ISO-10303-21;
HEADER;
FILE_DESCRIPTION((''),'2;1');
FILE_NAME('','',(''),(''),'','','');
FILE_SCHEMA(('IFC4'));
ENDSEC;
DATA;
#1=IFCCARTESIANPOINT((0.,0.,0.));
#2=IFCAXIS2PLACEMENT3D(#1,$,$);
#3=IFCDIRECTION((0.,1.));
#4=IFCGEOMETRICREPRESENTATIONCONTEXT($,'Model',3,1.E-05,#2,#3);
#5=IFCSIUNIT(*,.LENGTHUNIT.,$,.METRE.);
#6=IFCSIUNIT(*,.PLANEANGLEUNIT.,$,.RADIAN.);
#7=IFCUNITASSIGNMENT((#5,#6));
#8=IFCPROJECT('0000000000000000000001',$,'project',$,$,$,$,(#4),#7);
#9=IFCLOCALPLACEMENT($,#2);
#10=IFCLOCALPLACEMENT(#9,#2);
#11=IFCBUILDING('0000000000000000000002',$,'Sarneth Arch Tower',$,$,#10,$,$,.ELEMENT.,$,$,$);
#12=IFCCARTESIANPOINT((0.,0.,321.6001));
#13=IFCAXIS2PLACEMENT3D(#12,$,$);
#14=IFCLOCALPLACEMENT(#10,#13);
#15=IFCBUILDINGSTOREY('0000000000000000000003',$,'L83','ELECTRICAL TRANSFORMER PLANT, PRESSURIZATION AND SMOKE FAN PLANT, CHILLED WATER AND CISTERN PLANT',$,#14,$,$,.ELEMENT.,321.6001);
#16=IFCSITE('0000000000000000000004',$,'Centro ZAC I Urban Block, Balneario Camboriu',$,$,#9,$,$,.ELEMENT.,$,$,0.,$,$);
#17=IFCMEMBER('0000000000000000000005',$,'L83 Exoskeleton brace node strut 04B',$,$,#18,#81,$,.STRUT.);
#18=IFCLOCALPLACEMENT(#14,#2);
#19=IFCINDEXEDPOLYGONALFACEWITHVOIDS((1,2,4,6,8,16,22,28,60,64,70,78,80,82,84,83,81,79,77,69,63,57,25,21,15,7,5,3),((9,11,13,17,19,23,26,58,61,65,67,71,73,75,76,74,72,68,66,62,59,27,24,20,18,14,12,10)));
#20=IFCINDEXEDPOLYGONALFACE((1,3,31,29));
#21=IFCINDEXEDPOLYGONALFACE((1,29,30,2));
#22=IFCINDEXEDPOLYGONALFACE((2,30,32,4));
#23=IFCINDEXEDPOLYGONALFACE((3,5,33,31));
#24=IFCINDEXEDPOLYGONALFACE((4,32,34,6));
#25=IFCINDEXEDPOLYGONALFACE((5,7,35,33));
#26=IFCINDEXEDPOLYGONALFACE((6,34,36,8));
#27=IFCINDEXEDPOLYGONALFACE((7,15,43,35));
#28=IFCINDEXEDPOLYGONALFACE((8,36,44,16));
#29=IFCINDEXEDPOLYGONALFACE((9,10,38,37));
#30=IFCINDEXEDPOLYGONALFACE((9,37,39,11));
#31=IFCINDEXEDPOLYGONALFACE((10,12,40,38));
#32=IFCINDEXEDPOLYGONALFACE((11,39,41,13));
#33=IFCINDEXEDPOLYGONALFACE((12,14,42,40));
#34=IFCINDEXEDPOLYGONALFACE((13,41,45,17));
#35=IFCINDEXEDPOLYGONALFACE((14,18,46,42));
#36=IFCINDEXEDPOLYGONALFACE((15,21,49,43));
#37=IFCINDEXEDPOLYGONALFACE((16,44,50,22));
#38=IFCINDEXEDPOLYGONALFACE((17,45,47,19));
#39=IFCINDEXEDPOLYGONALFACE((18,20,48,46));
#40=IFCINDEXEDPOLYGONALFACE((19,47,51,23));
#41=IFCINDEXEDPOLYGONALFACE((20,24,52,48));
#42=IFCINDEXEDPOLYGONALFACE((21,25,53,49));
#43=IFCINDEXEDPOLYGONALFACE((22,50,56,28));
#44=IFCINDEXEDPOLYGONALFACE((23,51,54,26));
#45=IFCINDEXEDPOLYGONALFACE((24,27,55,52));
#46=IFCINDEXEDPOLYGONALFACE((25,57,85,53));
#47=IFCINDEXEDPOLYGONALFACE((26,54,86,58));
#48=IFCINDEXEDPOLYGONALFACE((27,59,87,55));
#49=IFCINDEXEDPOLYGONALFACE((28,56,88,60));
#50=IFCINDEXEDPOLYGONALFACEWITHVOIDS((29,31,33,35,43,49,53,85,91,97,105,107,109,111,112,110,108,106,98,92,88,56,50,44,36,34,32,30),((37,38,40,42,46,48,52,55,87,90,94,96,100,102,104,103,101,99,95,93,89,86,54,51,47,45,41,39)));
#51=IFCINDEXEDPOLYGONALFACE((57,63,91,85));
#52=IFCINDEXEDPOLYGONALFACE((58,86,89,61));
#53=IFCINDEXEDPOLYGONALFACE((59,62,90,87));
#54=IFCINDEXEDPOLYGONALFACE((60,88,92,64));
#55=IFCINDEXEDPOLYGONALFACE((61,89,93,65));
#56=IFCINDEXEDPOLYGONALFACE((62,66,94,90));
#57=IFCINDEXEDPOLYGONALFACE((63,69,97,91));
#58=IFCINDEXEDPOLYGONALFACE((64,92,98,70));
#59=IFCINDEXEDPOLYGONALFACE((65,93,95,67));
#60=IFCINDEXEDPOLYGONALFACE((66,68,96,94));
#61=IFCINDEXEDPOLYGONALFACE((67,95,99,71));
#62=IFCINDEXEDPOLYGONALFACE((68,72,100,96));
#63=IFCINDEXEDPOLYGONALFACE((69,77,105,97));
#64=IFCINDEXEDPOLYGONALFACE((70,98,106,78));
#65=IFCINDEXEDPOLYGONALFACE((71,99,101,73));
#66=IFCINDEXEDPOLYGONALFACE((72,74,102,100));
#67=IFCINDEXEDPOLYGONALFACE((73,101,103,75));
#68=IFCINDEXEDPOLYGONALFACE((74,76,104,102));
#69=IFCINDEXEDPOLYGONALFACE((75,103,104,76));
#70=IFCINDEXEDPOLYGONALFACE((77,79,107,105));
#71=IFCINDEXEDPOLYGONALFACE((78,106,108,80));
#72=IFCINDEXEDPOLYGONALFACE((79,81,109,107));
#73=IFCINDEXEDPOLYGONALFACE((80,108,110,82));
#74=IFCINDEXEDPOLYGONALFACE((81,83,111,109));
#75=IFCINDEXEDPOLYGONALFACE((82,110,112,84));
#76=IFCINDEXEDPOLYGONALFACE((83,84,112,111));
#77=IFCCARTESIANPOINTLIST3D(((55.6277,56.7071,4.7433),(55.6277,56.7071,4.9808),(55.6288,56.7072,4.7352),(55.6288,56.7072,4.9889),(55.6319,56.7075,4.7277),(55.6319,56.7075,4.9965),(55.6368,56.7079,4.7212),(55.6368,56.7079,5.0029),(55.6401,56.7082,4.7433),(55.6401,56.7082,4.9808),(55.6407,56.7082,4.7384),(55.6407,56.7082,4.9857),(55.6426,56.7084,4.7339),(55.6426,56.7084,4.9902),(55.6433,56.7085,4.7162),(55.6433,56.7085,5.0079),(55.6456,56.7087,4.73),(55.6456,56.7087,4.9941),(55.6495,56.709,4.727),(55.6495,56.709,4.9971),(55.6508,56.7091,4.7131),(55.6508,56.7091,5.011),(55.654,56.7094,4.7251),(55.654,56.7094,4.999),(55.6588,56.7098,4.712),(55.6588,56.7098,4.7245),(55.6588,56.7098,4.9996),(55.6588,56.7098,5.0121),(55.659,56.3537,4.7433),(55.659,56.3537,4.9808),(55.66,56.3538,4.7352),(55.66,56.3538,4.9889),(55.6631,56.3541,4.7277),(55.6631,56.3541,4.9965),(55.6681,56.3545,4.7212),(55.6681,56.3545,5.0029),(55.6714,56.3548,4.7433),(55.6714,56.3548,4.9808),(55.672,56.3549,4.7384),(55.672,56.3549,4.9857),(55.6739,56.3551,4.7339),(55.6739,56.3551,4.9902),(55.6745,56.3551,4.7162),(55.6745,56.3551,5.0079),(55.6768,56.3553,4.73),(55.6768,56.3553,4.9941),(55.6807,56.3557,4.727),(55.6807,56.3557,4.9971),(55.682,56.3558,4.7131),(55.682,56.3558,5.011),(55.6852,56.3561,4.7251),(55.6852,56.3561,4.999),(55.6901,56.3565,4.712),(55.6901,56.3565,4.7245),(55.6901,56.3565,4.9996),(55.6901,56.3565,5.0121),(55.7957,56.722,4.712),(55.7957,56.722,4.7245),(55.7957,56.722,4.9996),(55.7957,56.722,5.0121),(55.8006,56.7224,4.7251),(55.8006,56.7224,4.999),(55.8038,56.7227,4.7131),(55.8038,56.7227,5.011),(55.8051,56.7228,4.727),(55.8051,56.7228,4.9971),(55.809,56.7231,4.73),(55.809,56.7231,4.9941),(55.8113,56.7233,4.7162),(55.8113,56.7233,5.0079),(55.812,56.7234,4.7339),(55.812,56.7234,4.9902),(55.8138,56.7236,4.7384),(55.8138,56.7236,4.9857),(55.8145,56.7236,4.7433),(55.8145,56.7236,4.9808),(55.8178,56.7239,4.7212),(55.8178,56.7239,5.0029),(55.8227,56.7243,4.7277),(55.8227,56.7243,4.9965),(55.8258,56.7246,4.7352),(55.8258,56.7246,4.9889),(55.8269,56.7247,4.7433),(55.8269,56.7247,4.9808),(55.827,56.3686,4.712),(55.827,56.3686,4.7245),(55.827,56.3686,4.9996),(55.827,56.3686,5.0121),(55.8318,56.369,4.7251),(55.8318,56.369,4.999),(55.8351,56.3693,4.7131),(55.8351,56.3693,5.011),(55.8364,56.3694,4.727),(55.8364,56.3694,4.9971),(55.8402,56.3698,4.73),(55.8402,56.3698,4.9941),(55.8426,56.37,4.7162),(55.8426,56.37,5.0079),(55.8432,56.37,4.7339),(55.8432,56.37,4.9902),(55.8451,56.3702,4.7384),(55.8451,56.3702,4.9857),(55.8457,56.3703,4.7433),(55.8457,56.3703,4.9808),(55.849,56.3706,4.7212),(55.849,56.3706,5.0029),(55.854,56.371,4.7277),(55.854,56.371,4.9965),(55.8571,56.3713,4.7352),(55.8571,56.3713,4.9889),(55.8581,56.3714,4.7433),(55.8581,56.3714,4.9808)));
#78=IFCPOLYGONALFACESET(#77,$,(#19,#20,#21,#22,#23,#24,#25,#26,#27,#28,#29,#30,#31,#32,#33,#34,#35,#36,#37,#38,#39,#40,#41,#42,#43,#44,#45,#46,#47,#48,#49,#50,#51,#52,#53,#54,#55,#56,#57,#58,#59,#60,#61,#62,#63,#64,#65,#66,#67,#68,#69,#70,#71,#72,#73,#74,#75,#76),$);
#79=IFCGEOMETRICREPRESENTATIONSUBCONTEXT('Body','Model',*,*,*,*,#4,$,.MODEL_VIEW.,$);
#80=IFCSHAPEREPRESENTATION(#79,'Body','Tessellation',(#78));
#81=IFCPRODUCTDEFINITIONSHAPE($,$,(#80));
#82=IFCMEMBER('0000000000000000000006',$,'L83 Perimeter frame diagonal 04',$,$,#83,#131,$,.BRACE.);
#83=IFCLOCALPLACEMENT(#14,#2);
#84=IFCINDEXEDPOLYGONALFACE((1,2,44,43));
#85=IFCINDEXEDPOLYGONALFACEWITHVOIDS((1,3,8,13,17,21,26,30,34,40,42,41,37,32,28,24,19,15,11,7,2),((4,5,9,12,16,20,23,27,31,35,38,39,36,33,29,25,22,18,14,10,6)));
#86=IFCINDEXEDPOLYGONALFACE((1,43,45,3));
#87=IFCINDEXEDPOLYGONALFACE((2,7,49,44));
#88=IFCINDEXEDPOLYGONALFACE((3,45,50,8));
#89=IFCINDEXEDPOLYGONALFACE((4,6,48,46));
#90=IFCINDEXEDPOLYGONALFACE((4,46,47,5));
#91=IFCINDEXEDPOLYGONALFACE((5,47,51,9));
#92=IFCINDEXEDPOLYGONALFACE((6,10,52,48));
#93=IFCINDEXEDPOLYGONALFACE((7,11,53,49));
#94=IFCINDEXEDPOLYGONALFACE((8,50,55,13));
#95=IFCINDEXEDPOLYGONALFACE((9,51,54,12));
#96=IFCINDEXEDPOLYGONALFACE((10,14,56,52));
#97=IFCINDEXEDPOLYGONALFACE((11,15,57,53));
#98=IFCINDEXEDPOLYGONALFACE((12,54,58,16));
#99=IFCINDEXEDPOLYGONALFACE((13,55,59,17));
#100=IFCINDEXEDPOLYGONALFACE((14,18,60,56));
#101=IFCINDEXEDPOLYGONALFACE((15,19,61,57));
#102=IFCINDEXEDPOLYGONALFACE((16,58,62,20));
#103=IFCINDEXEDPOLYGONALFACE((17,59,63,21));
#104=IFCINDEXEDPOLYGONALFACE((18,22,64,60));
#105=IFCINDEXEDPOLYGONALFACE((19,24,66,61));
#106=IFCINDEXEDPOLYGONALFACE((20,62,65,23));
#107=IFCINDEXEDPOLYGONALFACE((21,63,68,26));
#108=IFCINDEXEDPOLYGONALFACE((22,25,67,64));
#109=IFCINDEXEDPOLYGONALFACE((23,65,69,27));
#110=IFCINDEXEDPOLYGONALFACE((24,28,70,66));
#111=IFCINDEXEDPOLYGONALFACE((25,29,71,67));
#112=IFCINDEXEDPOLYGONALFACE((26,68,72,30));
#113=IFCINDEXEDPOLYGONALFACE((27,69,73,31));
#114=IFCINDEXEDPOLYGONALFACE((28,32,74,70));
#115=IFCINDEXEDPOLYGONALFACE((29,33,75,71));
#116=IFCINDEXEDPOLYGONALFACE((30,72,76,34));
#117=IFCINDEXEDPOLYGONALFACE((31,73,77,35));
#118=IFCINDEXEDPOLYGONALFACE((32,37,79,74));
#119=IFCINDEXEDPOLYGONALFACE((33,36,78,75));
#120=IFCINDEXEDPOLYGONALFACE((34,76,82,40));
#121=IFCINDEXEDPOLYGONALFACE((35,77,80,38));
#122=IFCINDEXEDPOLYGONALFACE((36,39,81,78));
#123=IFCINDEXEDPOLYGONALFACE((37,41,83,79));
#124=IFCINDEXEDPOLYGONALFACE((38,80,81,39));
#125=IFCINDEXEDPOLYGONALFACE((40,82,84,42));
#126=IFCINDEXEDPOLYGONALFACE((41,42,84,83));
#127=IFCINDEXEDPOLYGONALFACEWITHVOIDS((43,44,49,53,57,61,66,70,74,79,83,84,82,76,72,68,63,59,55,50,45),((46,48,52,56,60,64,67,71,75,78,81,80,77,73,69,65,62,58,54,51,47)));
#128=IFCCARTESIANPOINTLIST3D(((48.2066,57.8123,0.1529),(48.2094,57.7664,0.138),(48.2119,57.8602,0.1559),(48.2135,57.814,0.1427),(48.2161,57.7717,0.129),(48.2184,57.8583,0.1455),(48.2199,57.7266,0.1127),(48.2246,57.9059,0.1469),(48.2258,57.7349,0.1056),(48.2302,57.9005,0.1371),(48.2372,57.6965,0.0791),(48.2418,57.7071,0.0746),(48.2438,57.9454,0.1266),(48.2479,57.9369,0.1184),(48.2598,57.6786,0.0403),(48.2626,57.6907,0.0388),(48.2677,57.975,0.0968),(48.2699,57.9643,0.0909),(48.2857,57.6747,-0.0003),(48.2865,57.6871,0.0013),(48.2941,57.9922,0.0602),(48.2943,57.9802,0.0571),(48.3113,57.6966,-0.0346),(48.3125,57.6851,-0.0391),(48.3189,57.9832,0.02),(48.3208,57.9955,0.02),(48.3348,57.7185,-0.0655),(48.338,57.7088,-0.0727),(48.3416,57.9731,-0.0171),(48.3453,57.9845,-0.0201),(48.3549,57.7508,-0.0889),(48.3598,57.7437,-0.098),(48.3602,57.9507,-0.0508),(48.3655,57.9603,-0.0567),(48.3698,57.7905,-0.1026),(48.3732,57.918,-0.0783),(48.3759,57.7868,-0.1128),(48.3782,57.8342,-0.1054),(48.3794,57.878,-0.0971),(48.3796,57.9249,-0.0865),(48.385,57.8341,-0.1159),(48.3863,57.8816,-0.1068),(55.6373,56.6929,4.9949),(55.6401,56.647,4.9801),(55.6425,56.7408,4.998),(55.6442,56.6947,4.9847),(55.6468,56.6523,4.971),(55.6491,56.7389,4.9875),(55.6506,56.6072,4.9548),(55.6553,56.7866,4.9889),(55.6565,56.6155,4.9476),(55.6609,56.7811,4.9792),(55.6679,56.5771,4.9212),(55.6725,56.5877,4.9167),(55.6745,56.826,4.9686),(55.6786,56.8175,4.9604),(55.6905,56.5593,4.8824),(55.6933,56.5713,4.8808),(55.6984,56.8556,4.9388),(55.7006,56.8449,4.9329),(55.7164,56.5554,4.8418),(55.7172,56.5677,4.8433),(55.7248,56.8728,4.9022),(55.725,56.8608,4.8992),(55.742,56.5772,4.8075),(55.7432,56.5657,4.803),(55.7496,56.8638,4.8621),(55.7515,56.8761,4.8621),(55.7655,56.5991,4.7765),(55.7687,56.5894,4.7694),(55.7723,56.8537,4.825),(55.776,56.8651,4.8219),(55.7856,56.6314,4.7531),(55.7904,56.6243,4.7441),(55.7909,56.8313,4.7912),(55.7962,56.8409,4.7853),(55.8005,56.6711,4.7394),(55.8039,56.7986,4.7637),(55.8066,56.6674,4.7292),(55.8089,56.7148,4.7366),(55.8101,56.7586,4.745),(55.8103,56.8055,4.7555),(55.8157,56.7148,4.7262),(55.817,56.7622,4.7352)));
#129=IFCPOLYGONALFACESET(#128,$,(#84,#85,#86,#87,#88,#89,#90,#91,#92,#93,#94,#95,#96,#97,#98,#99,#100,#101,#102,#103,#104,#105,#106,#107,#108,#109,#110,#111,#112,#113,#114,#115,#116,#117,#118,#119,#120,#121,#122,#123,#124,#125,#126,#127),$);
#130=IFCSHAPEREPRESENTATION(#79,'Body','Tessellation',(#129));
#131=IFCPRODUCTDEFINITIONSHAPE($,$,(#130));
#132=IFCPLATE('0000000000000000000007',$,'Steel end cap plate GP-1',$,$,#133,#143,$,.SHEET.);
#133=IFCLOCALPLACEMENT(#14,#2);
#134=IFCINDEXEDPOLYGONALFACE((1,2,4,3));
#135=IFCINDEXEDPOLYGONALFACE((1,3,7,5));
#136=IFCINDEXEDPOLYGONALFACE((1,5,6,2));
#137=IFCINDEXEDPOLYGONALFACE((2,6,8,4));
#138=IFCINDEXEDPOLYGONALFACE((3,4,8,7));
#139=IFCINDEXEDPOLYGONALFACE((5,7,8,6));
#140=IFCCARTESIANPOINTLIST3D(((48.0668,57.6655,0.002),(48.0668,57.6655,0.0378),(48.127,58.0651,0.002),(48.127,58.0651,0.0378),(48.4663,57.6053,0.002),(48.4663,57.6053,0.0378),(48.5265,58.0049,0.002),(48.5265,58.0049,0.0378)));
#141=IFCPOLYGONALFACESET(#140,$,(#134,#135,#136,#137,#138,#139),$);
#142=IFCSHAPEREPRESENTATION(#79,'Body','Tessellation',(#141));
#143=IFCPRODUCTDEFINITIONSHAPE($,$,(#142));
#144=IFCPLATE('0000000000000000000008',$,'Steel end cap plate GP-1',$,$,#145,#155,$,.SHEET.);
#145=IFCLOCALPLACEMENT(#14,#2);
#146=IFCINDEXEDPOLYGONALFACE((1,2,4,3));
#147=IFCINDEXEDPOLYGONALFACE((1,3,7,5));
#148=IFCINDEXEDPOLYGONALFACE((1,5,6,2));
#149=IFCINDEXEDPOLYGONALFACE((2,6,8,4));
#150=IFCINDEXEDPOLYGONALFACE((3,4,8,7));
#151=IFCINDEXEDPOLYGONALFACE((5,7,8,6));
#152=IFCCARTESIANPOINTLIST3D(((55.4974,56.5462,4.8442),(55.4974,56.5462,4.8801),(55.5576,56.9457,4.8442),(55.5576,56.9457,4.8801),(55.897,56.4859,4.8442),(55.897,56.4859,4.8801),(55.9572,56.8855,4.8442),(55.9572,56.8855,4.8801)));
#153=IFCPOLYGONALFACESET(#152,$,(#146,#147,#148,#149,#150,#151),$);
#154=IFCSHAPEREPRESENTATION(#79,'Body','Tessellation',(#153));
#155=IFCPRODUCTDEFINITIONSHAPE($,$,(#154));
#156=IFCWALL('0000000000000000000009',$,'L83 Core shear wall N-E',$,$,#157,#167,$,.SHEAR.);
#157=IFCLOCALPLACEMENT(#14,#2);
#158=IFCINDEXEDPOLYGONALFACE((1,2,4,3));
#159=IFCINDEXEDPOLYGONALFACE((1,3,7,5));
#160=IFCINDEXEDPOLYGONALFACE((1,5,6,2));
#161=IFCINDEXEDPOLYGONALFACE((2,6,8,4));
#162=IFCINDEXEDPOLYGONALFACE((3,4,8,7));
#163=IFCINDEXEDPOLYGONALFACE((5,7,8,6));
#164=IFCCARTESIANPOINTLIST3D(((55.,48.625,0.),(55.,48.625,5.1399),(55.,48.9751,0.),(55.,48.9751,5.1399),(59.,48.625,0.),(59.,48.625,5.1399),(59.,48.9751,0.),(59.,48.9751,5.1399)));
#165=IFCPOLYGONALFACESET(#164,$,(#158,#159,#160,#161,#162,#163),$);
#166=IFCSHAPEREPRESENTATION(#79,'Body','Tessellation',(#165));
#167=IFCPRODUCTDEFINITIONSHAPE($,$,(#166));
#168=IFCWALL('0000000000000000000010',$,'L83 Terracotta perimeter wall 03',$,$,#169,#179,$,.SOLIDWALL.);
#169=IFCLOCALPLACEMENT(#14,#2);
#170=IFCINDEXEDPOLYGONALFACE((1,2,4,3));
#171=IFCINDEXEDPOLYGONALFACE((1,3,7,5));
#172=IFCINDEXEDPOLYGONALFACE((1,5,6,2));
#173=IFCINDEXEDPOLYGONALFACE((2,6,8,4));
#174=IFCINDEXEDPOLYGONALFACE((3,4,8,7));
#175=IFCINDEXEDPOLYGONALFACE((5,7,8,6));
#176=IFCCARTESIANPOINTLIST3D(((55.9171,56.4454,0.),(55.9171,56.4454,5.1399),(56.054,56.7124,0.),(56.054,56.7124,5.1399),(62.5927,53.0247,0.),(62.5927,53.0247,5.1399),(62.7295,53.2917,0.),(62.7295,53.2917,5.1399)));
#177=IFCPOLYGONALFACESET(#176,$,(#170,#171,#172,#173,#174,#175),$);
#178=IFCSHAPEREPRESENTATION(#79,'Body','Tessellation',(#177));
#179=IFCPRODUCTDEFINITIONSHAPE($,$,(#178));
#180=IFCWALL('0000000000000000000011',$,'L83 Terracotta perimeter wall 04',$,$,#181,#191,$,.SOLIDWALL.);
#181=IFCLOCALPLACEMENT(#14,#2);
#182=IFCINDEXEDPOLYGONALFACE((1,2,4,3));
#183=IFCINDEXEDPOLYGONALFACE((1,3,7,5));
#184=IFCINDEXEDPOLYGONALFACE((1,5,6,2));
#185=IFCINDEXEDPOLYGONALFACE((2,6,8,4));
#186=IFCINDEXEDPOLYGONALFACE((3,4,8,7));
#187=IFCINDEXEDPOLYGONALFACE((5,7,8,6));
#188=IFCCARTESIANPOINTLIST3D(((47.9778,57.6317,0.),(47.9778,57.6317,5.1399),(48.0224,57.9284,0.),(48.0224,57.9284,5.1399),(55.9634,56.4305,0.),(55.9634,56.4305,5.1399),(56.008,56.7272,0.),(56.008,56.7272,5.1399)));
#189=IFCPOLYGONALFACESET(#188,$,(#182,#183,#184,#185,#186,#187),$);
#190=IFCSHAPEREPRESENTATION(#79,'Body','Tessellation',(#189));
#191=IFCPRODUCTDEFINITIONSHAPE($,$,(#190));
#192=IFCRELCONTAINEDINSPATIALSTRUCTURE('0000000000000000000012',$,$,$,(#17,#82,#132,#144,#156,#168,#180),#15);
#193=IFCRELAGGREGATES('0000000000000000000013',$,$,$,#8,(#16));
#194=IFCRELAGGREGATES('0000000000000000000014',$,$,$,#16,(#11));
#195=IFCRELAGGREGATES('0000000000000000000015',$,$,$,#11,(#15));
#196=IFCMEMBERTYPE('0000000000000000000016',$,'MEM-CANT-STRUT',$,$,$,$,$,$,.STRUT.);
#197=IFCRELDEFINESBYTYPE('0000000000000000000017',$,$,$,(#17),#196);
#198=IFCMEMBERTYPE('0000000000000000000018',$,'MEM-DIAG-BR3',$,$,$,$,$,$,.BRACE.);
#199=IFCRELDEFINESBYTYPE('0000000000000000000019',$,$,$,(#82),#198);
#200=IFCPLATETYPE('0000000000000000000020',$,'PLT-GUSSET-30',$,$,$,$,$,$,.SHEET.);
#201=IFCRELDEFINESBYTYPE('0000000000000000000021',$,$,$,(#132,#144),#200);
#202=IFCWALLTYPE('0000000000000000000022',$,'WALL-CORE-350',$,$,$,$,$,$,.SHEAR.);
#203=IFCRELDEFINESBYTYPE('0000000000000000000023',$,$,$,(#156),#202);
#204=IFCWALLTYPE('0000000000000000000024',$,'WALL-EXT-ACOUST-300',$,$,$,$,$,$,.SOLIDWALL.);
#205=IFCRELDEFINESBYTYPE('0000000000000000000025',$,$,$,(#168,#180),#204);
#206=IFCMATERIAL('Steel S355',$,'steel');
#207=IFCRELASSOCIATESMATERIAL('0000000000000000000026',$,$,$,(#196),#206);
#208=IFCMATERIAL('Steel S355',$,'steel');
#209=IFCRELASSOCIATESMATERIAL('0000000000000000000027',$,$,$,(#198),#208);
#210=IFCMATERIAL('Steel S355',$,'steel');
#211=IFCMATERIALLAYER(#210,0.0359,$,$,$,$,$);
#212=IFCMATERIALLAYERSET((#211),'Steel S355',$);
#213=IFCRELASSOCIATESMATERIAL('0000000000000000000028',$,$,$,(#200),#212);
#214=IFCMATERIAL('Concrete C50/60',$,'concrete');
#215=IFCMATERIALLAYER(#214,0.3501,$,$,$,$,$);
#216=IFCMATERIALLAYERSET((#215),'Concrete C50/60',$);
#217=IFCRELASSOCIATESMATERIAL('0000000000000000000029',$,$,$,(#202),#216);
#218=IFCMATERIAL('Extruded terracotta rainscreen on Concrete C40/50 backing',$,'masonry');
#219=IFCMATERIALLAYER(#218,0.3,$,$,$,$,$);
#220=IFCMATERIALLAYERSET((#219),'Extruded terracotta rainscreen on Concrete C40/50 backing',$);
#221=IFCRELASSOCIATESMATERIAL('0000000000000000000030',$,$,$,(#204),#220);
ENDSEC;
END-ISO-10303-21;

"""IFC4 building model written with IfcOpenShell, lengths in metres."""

from ifc_helpers import new_model, si_unit, direction, frame, frame_2d, origin, origin_2d, place, context, subcontext, project, spatial, rectangle, hollow_rectangle, hollow_circle, extrude, material, layer, layer_set, material_profile, profile_set, type_object, element, save


model = new_model("IFC4")

# Units and contexts
model_context = context("Model", 3, precision=1e-05, world=origin(), true_north=direction((0.0, 1.0)))
body_context = subcontext(model_context, "Body", "Model", "MODEL_VIEW")
ifc_project = project(units=[si_unit("LENGTHUNIT", "METRE"), si_unit("PLANEANGLEUNIT", "RADIAN")], contexts=[model_context])

# Site, building, storey
site_placement = place(None, origin())
site = spatial("IfcSite", under=ifc_project, at=site_placement, Name="Centro ZAC I Urban Block, Balneario Camboriu", CompositionType="ELEMENT", RefElevation=0.0)
building_placement = place(site_placement, origin())
building = spatial("IfcBuilding", under=site, at=building_placement, Name="Sarneth Arch Tower", CompositionType="ELEMENT")
storey_placement = place(building_placement, frame((0.0, 0.0, 321.6001)))
storey = spatial("IfcBuildingStorey", under=building, at=storey_placement, Name="L83", Description="ELECTRICAL TRANSFORMER PLANT, PRESSURIZATION AND SMOKE FAN PLANT, CHILLED WATER AND CISTERN PLANT", CompositionType="ELEMENT", Elevation=321.6001)

# Members
ifc_material_1 = material(Name="Steel S355", Category="steel")
ifc_material_profile_1 = material_profile(ifc_material_1, hollow_rectangle(XDim=0.2, YDim=0.3, WallThickness=0.0125, InnerFilletRadius=0.0188, OuterFilletRadius=0.0312, at=origin_2d()), Name="RHS300x200x12.5")
ifc_profile_set_1 = profile_set([ifc_material_profile_1], Name="Steel S355")
member_type_1 = type_object("IfcMemberType", Name="MEM-CANT-STRUT", PredefinedType="STRUT", material=ifc_profile_set_1)
member_1_placement = place(storey_placement, frame((55.7585, 56.3625, 4.8621), z_axis=(-0.088115, 0.99611, 0.0), x_axis=(-0.99611, -0.088115, 0.0)))
element("IfcMember", 1, at=member_1_placement, inside=storey, type_object=member_type_1, Name="L83 Exoskeleton brace node strut 04B", PredefinedType="STRUT", context=body_context, shape_type="SweptSolid", body=[
    extrude(hollow_rectangle(XDim=0.2, YDim=0.3, WallThickness=0.0125, InnerFilletRadius=0.0188, OuterFilletRadius=0.0312, at=origin_2d()), origin(), (0.0, 0.0, 1.0), 0.3547),
])
ifc_material_2 = material(Name="Steel S355", Category="steel")
ifc_material_profile_2 = material_profile(ifc_material_2, hollow_circle(Radius=0.1621, WallThickness=0.0125, at=origin_2d()), Name="CHS324x12.5")
ifc_profile_set_2 = profile_set([ifc_material_profile_2], Name="Steel S355")
member_type_2 = type_object("IfcMemberType", Name="MEM-DIAG-BR3", PredefinedType="BRACE", material=ifc_profile_set_2)
member_2_placement = place(storey_placement, frame((48.2966, 57.8352, 0.02), z_axis=(0.831225, -0.125219, 0.541651), x_axis=(0.148963, 0.988843, 0.0)))
element("IfcMember", 2, at=member_2_placement, inside=storey, type_object=member_type_2, Name="L83 Perimeter frame diagonal 04", PredefinedType="BRACE", context=body_context, shape_type="SweptSolid", body=[
    extrude(hollow_circle(Radius=0.1621, WallThickness=0.0125, at=origin_2d()), origin(), (0.0, 0.0, 1.0), 8.9395),
])

# Plates
ifc_material_3 = material(Name="Steel S355", Category="steel")
ifc_layer_1 = layer(ifc_material_3, 0.0359)
ifc_layer_set_1 = layer_set([ifc_layer_1], Name="Steel S355")
plate_type = type_object("IfcPlateType", Name="PLT-GUSSET-30", PredefinedType="SHEET", material=ifc_layer_set_1)
for number, where, z_axis, x_axis, name in (
    (3, (48.2966, 57.8352, 0.002), (0.0, 0.0, 1.0), (-0.988835, 0.149018, 0.0), "Steel end cap plate GP-1"),
    (4, (55.7273, 56.7158, 4.8442), (0.0, 0.0, 1.0), (-0.988835, 0.149018, 0.0), "Steel end cap plate GP-1"),
):
    element("IfcPlate", number, at=place(storey_placement, frame(where, z_axis=z_axis, x_axis=x_axis)), inside=storey, type_object=plate_type, Name=name, PredefinedType="SHEET", context=body_context, shape_type="SweptSolid", body=[
        extrude(rectangle(XDim=0.4041, YDim=0.4041, at=origin_2d()), origin(), (0.0, 0.0, 1.0), 0.0359),
    ])

# Walls
ifc_material_4 = material(Name="Concrete C50/60", Category="concrete")
ifc_layer_2 = layer(ifc_material_4, 0.3501)
ifc_layer_set_2 = layer_set([ifc_layer_2], Name="Concrete C50/60")
wall_type_1 = type_object("IfcWallType", Name="WALL-CORE-350", PredefinedType="SHEAR", material=ifc_layer_set_2)
wall_1_placement = place(storey_placement, frame((55.0, 48.8, 0.0), z_axis=(0.0, 0.0, 1.0), x_axis=(1.0, 0.0, 0.0)))
element("IfcWall", 5, at=wall_1_placement, inside=storey, type_object=wall_type_1, Name="L83 Core shear wall N-E", PredefinedType="SHEAR", context=body_context, shape_type="SweptSolid", body=[
    extrude(rectangle(XDim=4.0, YDim=0.3501, at=frame_2d((2.0, 0.0))), origin(), (0.0, 0.0, 1.0), 5.1399),
])
ifc_material_5 = material(Name="Extruded terracotta rainscreen on Concrete C40/50 backing", Category="masonry")
ifc_layer_3 = layer(ifc_material_5, 0.3)
ifc_layer_set_3 = layer_set([ifc_layer_3], Name="Extruded terracotta rainscreen on Concrete C40/50 backing")
wall_type_2 = type_object("IfcWallType", Name="WALL-EXT-ACOUST-300", PredefinedType="SOLIDWALL", material=ifc_layer_set_3)
wall_2_placement = place(storey_placement, frame((62.6611, 53.1582, 0.0), z_axis=(0.0, 0.0, 1.0), x_axis=(-0.889963, 0.456032, 0.0)))
element("IfcWall", 6, at=wall_2_placement, inside=storey, type_object=wall_type_2, Name="L83 Terracotta perimeter wall 03", PredefinedType="SOLIDWALL", context=body_context, shape_type="SweptSolid", body=[
    extrude(rectangle(XDim=7.501, YDim=0.3, at=frame_2d((3.7505, 0.0))), origin(), (0.0, 0.0, 1.0), 5.1399),
])
for number, where, z_axis, x_axis, name in (
    (7, (55.9856, 56.5789, 0.0), (0.0, 0.0, 1.0), (-0.988876, 0.148744, 0.0), "L83 Terracotta perimeter wall 04"),
):
    element("IfcWall", number, at=place(storey_placement, frame(where, z_axis=z_axis, x_axis=x_axis)), inside=storey, type_object=wall_type_2, Name=name, PredefinedType="SOLIDWALL", context=body_context, shape_type="SweptSolid", body=[
        extrude(rectangle(XDim=8.0754, YDim=0.3, at=frame_2d((4.0376, 0.0))), origin(), (0.0, 0.0, 1.0), 5.1399),
    ])

save(model, "model.ifc")
